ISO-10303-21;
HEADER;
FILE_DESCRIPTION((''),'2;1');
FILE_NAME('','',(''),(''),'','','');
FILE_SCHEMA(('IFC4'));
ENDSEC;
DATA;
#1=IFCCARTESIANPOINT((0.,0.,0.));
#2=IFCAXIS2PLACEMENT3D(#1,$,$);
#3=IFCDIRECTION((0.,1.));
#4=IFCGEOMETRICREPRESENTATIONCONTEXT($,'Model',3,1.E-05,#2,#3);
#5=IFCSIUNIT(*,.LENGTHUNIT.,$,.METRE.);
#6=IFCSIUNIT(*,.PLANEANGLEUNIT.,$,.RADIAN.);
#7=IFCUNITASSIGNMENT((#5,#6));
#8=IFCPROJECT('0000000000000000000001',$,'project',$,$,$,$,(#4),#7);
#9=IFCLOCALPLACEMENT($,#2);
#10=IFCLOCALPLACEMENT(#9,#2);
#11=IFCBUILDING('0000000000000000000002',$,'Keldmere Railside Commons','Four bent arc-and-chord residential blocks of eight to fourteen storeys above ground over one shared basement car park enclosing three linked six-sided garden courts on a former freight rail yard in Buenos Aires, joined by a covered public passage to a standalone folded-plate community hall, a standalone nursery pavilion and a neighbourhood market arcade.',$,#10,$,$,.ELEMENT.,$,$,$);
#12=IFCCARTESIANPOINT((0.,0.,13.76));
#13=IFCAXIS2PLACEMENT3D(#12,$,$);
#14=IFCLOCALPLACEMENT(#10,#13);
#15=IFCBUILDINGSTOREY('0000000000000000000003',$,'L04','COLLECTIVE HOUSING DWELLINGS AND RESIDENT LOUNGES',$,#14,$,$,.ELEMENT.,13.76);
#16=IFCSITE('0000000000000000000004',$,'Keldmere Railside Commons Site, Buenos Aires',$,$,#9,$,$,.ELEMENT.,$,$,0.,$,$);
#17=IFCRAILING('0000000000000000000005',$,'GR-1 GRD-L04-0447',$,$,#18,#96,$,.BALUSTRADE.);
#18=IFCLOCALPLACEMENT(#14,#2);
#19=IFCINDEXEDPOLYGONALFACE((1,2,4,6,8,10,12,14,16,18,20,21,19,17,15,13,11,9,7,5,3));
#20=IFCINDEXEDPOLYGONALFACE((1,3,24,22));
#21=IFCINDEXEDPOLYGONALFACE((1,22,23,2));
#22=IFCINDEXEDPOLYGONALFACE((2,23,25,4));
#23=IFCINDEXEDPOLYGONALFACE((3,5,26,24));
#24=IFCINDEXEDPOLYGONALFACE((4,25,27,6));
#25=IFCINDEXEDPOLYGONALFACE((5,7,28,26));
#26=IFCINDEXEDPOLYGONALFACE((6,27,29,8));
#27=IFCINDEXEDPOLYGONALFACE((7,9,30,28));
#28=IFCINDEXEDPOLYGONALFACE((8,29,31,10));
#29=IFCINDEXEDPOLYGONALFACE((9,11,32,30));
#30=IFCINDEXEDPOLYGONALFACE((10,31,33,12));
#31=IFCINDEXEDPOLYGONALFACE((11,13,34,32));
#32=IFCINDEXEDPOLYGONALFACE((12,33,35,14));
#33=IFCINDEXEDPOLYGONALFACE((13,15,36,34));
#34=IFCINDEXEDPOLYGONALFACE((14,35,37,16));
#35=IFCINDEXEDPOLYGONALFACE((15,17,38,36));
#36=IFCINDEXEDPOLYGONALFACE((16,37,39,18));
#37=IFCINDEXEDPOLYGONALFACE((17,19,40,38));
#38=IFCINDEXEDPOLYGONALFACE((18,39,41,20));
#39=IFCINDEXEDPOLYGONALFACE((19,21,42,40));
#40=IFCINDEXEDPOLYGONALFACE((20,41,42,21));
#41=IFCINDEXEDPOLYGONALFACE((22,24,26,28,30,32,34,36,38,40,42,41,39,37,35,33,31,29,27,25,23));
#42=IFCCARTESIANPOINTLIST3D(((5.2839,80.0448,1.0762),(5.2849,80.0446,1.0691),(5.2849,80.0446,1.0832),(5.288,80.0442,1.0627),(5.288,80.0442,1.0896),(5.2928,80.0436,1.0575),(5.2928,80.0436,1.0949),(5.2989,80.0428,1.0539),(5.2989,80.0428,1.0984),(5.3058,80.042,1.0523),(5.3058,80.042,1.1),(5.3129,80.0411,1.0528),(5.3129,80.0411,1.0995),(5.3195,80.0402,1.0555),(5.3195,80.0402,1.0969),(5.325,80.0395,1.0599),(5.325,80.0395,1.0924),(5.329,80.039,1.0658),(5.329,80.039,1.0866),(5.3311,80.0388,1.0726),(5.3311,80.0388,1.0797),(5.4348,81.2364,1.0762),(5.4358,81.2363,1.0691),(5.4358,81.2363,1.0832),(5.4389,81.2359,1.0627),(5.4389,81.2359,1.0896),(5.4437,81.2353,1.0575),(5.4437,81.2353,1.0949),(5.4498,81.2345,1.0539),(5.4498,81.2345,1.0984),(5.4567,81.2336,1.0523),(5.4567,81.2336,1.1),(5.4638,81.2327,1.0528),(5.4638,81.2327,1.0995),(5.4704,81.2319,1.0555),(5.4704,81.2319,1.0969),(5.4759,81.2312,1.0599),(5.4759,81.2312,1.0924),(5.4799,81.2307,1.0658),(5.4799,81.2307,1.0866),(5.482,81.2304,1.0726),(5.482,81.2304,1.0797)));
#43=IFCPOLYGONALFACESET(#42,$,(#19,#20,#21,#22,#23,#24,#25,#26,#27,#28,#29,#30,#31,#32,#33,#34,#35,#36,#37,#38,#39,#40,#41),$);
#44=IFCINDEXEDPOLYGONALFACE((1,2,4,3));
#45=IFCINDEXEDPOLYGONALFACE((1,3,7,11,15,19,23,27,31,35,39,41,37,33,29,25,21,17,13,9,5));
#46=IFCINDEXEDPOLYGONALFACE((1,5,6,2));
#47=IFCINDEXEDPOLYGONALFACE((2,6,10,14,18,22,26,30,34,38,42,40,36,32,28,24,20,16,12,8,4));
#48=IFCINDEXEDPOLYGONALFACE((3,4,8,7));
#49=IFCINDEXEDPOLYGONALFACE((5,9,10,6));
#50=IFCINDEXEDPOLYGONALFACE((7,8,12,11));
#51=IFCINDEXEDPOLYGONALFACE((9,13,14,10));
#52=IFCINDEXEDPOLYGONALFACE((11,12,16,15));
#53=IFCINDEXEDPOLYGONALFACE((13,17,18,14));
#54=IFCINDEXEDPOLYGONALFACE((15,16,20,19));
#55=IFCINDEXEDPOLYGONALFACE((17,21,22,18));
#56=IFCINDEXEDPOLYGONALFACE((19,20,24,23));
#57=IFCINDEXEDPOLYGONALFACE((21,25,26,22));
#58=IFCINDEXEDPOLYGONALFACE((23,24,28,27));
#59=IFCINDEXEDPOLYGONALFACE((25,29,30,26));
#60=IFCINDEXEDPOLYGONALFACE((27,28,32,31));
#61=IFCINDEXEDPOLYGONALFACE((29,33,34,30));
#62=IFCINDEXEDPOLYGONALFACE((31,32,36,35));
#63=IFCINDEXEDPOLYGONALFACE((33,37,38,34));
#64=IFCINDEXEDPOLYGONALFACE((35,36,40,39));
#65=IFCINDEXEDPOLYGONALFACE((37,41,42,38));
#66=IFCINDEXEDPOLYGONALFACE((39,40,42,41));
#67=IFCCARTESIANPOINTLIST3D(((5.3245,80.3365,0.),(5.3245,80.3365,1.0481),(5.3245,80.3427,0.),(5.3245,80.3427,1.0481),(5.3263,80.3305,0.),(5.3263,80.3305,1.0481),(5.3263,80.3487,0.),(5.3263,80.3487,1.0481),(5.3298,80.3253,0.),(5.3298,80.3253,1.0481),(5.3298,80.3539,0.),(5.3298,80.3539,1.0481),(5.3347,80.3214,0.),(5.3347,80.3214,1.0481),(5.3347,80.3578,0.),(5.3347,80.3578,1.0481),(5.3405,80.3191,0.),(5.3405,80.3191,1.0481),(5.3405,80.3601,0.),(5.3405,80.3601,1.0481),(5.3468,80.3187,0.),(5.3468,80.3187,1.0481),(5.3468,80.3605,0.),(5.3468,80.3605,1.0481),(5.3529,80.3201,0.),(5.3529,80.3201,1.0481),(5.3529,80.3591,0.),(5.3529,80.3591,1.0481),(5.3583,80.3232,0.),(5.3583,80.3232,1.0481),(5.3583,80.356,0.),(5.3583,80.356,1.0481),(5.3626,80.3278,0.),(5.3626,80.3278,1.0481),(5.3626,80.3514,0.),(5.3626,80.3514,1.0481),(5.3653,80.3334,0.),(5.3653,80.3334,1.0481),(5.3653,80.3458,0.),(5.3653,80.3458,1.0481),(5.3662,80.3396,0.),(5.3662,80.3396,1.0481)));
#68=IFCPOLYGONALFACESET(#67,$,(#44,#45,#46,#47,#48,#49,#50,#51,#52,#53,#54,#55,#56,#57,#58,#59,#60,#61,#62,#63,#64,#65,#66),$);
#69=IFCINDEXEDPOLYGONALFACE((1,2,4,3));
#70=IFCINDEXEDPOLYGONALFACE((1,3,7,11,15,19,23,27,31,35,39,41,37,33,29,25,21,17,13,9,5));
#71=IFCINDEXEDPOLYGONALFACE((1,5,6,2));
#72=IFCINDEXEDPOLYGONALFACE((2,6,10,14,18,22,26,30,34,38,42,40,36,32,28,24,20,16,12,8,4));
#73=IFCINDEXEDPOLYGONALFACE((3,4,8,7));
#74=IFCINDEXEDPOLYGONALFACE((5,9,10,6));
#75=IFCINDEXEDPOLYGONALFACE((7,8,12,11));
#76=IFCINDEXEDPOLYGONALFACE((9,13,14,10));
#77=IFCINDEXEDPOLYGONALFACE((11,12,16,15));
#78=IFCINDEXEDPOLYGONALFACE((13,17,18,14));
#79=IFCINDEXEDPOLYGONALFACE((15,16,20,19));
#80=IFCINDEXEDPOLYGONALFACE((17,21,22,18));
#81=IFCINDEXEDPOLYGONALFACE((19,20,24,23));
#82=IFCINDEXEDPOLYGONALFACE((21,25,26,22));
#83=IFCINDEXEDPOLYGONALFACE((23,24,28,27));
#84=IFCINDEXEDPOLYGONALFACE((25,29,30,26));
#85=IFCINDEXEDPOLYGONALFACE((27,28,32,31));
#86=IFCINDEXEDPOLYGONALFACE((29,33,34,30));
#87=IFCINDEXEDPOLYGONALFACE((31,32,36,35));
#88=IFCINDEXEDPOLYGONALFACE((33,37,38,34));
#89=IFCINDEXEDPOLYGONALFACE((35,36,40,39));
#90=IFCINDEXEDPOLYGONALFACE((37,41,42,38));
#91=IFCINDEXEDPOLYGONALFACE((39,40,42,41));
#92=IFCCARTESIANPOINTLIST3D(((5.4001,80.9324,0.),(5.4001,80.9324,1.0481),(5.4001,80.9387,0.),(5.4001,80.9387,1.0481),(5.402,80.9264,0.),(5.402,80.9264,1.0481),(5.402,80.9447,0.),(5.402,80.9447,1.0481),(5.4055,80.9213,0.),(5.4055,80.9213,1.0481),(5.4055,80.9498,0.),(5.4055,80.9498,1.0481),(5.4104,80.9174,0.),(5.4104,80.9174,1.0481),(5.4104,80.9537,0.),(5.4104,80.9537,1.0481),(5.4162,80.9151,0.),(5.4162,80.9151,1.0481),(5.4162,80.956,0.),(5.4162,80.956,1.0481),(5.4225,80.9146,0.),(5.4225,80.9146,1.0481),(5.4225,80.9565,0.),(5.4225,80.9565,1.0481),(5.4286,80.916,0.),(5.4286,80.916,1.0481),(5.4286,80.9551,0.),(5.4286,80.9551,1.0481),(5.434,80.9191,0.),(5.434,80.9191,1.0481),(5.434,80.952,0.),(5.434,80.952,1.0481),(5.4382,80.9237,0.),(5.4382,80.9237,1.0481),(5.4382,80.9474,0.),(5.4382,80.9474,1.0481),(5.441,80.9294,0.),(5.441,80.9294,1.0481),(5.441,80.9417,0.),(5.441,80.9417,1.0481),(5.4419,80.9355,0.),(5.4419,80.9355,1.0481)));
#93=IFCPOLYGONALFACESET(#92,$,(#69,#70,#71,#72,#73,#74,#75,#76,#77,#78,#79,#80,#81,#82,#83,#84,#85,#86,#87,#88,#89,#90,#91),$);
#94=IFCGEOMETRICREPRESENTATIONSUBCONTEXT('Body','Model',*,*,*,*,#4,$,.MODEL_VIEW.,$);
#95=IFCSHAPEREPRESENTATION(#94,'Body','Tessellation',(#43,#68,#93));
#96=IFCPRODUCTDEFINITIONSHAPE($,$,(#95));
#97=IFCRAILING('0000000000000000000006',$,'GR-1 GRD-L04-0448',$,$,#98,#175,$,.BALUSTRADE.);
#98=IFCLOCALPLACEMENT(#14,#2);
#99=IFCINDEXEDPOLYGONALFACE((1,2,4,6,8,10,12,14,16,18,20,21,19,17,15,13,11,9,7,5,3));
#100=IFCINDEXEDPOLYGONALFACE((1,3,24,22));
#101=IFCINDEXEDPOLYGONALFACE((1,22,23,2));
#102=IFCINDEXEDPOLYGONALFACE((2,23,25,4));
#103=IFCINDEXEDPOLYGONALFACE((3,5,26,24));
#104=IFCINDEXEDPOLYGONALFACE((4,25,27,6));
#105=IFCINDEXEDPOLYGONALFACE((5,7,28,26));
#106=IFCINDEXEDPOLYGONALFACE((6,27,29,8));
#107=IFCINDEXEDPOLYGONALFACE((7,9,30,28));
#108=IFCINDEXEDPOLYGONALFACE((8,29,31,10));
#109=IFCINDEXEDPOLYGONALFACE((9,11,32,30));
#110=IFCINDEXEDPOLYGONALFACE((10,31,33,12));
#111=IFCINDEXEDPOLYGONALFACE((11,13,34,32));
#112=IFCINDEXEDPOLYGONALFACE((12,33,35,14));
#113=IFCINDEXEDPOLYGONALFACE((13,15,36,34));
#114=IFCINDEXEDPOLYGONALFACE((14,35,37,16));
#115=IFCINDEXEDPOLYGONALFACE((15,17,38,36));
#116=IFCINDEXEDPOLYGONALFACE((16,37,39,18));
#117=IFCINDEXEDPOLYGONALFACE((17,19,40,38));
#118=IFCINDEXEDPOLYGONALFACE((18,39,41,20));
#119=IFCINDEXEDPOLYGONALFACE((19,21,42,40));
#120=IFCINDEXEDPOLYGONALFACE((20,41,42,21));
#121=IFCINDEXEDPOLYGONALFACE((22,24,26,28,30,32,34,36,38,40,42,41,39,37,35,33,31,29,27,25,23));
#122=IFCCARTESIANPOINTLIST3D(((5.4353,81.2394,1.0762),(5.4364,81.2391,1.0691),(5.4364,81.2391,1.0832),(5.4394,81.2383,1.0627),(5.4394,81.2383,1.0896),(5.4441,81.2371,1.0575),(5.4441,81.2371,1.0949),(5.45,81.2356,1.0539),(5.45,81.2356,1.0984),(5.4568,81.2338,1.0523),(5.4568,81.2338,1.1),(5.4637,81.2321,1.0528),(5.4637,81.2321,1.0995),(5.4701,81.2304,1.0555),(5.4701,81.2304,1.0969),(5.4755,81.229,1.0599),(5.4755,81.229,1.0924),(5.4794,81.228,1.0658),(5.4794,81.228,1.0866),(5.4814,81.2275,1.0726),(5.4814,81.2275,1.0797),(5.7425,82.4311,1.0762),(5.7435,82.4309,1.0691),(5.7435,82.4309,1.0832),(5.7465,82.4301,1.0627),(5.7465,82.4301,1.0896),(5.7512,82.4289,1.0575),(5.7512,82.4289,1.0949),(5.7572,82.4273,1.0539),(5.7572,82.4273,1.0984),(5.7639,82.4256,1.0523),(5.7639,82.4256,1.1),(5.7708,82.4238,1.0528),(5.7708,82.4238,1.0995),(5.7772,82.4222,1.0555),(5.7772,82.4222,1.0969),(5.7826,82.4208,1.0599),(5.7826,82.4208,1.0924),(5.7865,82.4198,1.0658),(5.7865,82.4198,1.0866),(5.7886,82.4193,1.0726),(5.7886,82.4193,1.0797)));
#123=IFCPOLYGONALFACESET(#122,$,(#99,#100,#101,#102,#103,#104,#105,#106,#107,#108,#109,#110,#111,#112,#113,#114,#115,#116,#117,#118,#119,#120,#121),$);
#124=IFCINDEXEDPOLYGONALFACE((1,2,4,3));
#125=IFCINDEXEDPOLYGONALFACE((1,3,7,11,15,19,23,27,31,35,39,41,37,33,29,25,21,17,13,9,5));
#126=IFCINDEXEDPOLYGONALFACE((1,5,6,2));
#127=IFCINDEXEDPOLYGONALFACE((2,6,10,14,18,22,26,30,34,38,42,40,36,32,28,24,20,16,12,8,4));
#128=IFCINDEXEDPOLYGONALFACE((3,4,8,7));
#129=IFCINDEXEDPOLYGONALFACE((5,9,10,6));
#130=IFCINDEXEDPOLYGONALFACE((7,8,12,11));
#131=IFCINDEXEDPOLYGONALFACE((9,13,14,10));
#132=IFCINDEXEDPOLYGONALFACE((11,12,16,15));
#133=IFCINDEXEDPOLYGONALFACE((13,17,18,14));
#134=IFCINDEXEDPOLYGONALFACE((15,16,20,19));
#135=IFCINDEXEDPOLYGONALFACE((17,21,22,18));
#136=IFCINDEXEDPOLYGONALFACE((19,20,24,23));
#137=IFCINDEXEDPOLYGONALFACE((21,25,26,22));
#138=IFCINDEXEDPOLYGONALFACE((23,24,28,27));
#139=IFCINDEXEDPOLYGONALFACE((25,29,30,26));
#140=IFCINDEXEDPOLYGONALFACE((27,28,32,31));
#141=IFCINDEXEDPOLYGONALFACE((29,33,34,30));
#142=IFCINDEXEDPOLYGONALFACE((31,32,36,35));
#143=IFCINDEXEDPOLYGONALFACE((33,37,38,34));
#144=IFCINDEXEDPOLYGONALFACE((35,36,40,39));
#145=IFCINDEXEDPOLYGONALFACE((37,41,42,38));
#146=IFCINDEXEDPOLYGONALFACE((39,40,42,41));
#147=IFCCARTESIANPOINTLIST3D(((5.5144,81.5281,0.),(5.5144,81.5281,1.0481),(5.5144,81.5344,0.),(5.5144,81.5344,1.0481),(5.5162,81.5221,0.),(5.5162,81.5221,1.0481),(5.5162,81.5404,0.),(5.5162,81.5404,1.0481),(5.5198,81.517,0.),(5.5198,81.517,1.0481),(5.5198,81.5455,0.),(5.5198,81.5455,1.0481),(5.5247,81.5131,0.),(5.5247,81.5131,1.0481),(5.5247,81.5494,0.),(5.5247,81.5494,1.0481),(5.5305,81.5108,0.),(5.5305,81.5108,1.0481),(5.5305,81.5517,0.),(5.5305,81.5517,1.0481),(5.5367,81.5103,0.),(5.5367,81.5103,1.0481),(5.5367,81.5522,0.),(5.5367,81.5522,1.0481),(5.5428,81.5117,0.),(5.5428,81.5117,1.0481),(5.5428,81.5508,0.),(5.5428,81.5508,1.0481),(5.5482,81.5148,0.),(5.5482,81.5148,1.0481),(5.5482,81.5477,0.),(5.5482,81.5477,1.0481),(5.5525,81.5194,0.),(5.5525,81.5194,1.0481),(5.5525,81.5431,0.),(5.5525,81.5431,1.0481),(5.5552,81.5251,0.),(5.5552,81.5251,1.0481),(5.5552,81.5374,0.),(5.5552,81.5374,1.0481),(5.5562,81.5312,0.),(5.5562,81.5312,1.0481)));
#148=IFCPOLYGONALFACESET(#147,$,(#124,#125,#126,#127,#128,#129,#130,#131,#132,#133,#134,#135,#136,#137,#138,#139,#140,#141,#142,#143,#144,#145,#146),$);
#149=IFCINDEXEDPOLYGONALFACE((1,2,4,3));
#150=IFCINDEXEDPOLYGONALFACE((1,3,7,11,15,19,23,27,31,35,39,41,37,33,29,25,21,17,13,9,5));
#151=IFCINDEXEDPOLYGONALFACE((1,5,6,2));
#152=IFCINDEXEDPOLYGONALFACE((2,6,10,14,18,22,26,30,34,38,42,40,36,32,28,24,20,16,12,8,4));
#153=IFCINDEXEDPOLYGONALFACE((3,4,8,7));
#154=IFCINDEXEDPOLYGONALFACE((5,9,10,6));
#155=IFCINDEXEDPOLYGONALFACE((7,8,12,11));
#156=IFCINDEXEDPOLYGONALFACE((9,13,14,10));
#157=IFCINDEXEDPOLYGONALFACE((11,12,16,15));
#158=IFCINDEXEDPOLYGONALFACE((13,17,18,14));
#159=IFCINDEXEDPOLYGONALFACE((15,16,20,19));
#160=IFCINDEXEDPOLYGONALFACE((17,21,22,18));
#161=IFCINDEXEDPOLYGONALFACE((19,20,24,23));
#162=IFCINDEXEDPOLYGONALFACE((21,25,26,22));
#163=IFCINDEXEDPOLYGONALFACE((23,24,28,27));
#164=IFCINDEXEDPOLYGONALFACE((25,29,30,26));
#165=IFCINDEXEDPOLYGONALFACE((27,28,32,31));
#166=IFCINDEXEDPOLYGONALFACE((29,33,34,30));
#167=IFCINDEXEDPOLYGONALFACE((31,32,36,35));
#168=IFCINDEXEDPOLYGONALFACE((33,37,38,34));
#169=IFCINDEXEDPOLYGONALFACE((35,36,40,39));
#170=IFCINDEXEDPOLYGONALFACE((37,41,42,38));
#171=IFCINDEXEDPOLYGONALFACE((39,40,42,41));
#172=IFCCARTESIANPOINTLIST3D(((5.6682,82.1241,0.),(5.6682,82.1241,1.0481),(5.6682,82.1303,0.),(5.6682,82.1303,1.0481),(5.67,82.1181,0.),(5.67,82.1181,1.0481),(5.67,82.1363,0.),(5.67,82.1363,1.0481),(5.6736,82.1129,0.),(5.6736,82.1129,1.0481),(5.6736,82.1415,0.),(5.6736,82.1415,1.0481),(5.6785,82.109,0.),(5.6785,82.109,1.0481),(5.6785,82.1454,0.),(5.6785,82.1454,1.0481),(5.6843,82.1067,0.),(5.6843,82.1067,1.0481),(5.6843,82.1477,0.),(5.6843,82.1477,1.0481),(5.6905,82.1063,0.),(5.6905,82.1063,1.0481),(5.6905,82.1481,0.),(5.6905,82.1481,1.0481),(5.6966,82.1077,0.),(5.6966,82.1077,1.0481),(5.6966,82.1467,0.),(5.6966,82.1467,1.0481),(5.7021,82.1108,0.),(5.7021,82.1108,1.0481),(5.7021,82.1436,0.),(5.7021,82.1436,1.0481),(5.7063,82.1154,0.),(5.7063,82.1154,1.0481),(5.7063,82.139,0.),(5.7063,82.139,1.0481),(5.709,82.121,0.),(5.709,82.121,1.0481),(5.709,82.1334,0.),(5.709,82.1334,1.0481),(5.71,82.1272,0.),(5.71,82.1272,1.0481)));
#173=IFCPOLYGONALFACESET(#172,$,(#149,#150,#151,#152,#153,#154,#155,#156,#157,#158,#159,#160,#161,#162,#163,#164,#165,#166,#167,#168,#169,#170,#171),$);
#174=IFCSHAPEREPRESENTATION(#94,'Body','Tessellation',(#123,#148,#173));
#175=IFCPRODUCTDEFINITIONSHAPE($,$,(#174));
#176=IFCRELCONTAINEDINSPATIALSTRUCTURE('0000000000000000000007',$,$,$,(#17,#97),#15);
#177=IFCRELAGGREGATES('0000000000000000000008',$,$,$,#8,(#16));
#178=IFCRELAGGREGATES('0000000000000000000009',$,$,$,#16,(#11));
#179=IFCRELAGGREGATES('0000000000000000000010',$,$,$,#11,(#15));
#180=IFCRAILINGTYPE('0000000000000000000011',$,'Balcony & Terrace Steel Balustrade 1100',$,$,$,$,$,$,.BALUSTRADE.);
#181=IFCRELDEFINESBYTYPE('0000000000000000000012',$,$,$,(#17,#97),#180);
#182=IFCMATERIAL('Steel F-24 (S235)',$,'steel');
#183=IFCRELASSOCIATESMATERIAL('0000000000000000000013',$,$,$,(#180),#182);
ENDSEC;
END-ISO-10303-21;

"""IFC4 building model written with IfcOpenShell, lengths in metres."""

from ifc_helpers import new_model, si_unit, direction, frame, origin, origin_2d, place, context, subcontext, project, spatial, circle, extrude, material, type_object, element, save


model = new_model("IFC4")

# Units and contexts
model_context = context("Model", 3, precision=1e-05, world=origin(), true_north=direction((0.0, 1.0)))
body_context = subcontext(model_context, "Body", "Model", "MODEL_VIEW")
ifc_project = project(units=[si_unit("LENGTHUNIT", "METRE"), si_unit("PLANEANGLEUNIT", "RADIAN")], contexts=[model_context])

# Site, building, storey
site_placement = place(None, origin())
site = spatial("IfcSite", under=ifc_project, at=site_placement, Name="Keldmere Railside Commons Site, Buenos Aires", CompositionType="ELEMENT", RefElevation=0.0)
building_placement = place(site_placement, origin())
building = spatial("IfcBuilding", under=site, at=building_placement, Name="Keldmere Railside Commons", Description="Four bent arc-and-chord residential blocks of eight to fourteen storeys above ground over one shared basement car park enclosing three linked six-sided garden courts on a former freight rail yard in Buenos Aires, joined by a covered public passage to a standalone folded-plate community hall, a standalone nursery pavilion and a neighbourhood market arcade.", CompositionType="ELEMENT")
storey_placement = place(building_placement, frame((0.0, 0.0, 13.76)))
storey = spatial("IfcBuildingStorey", under=building, at=storey_placement, Name="L04", Description="COLLECTIVE HOUSING DWELLINGS AND RESIDENT LOUNGES", CompositionType="ELEMENT", Elevation=13.76)

# Railings
ifc_material_1 = material(Name="Steel F-24 (S235)", Category="steel")
railing_type = type_object("IfcRailingType", Name="Balcony & Terrace Steel Balustrade 1100", PredefinedType="BALUSTRADE", material=ifc_material_1)
railing_1_placement = place(storey_placement, frame((5.3076, 80.0417, 0.0)))
element("IfcRailing", 1, at=railing_1_placement, inside=storey, type_object=railing_type, Name="GR-1 GRD-L04-0447", PredefinedType="BALUSTRADE", context=body_context, shape_type="SweptSolid", body=[
    extrude(circle(Radius=0.0239, at=origin_2d()), frame((0.0, 0.0, 1.0762), z_axis=(0.125611, 0.99208, 0.0), x_axis=(-0.99208, 0.125611, 0.0)), (0.0, 0.0, 1.0), 1.2012),
    extrude(circle(Radius=0.021, at=origin_2d()), frame((0.0376, 0.2979, 0.0)), (0.0, 0.0, 1.0), 1.0481),
    extrude(circle(Radius=0.021, at=origin_2d()), frame((0.1133, 0.8938, 0.0)), (0.0, 0.0, 1.0), 1.0481),
])
railing_2_placement = place(storey_placement, frame((5.4585, 81.2334, 0.0)))
element("IfcRailing", 2, at=railing_2_placement, inside=storey, type_object=railing_type, Name="GR-1 GRD-L04-0448", PredefinedType="BALUSTRADE", context=body_context, shape_type="SweptSolid", body=[
    extrude(circle(Radius=0.0239, at=origin_2d()), frame((0.0, 0.0, 1.0762), z_axis=(0.249578, 0.968355, 0.0), x_axis=(-0.968355, 0.249578, 0.0)), (0.0, 0.0, 1.0), 1.2307),
    extrude(circle(Radius=0.021, at=origin_2d()), frame((0.0767, 0.2979, 0.0)), (0.0, 0.0, 1.0), 1.0481),
    extrude(circle(Radius=0.021, at=origin_2d()), frame((0.2305, 0.8938, 0.0)), (0.0, 0.0, 1.0), 1.0481),
])

save(model, "model.ifc")
